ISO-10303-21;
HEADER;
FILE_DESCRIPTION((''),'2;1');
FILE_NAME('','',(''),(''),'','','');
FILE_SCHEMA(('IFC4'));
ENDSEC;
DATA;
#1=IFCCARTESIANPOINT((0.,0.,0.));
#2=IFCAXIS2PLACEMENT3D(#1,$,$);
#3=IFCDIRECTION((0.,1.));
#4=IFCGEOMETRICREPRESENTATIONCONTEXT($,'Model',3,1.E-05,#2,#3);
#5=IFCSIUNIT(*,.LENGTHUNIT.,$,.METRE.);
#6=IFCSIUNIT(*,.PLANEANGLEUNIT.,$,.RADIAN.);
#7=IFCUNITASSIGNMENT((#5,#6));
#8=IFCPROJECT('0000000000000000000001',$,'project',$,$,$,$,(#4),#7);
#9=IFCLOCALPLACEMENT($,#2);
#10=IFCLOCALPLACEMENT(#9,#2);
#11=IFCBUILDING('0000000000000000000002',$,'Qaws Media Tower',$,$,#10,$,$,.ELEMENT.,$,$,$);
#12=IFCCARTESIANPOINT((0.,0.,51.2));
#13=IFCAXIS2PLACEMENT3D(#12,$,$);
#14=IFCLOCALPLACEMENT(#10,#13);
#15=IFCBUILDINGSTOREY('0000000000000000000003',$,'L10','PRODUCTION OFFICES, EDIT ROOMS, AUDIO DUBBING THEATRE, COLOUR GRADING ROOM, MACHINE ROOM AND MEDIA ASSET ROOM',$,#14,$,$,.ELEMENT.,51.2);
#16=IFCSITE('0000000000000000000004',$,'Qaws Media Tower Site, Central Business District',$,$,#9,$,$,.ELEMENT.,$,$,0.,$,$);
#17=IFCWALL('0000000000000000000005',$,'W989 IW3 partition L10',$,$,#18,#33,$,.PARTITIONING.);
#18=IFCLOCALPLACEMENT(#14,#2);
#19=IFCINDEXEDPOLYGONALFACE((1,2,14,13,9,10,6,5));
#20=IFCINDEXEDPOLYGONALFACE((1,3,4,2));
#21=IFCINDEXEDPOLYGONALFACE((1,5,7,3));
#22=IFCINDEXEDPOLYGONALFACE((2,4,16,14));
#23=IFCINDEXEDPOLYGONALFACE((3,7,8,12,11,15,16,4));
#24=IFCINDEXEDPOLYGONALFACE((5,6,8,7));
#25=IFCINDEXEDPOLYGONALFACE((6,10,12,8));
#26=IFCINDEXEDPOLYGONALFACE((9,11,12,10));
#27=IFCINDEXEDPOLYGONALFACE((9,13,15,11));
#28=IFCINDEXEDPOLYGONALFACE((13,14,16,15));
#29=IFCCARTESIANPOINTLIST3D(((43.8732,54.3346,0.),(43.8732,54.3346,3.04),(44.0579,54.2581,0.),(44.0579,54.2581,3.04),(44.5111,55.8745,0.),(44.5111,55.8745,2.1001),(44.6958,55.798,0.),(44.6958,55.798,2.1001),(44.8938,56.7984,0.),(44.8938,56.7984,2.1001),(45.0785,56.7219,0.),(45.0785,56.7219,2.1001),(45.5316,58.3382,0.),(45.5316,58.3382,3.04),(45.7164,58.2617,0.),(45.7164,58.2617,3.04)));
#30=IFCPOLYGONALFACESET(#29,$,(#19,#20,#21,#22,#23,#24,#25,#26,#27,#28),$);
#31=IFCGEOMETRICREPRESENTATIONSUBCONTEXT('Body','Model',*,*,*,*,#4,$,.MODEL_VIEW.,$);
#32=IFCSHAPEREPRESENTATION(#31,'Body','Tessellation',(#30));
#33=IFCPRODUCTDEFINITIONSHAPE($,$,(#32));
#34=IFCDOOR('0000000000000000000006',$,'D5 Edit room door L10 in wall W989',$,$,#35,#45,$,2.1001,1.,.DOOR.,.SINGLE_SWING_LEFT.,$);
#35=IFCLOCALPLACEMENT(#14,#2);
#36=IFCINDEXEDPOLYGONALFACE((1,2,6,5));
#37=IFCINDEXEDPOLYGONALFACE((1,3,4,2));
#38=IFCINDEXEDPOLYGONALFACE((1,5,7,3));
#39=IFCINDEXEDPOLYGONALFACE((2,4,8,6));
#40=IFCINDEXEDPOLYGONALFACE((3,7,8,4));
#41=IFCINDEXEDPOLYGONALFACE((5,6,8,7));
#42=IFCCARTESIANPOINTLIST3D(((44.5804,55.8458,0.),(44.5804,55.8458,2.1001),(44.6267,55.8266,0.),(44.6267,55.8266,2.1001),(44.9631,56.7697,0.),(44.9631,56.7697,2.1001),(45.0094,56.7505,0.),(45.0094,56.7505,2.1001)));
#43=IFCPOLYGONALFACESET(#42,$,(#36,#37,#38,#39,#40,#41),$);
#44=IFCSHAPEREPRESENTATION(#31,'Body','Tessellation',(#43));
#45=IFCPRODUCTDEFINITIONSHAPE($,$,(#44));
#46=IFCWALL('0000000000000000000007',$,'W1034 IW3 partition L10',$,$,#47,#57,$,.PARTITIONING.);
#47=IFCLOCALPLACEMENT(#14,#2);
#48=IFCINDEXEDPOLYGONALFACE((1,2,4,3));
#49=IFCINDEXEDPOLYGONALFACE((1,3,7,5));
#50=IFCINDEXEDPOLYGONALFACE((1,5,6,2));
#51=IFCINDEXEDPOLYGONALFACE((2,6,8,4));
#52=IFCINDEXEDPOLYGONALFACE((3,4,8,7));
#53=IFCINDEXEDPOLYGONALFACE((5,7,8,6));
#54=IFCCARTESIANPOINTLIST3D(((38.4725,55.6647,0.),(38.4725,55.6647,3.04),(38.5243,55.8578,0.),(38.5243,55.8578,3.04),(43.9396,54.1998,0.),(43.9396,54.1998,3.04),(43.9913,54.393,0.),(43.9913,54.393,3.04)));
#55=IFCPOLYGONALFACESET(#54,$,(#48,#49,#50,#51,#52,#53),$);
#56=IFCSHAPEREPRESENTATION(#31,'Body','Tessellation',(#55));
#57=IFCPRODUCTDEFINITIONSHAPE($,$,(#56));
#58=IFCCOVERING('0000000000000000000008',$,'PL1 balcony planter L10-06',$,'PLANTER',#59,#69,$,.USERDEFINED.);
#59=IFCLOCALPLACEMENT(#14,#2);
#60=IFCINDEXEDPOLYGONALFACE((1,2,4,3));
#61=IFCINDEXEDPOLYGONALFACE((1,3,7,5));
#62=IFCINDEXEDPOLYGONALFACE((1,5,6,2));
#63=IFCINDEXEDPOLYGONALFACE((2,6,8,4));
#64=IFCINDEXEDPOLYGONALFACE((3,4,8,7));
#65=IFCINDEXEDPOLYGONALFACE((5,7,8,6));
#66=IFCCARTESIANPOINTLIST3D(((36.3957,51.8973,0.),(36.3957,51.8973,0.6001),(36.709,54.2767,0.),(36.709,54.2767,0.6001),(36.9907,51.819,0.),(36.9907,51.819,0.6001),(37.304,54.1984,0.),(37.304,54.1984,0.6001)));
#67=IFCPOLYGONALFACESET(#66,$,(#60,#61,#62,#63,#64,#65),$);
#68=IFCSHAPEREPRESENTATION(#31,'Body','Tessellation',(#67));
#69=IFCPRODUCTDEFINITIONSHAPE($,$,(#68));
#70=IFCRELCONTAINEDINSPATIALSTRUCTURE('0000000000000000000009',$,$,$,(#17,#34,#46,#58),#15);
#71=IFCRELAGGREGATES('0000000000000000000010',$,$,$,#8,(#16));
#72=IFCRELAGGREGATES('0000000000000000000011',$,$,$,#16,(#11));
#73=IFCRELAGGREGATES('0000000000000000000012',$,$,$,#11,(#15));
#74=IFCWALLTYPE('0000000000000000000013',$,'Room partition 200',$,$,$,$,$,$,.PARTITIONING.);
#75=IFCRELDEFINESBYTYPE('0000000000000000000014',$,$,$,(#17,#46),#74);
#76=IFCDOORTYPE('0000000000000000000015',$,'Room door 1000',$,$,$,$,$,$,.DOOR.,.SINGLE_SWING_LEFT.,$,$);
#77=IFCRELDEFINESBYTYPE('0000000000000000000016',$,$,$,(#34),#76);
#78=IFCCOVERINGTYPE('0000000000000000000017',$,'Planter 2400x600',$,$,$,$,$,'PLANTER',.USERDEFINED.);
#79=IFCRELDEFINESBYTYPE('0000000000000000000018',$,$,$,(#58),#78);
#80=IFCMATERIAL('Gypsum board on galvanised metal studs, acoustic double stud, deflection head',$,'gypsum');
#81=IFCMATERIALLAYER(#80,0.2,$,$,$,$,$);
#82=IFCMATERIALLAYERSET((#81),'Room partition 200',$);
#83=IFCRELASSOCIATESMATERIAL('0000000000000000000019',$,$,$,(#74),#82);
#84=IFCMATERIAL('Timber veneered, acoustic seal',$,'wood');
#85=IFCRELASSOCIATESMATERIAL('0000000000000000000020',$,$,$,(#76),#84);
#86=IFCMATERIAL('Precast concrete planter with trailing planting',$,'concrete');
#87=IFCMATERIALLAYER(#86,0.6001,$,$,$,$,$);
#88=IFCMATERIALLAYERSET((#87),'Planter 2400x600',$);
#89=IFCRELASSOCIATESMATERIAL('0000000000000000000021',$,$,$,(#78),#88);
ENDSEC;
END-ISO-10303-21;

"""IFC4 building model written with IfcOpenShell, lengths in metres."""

from ifc_helpers import new_model, si_unit, direction, frame, frame_2d, origin, origin_2d, place, context, subcontext, project, spatial, rectangle, extrude, material, layer, layer_set, type_object, element, fill, save


model = new_model("IFC4")

# Units and contexts
model_context = context("Model", 3, precision=1e-05, world=origin(), true_north=direction((0.0, 1.0)))
body_context = subcontext(model_context, "Body", "Model", "MODEL_VIEW")
ifc_project = project(units=[si_unit("LENGTHUNIT", "METRE"), si_unit("PLANEANGLEUNIT", "RADIAN")], contexts=[model_context])

# Site, building, storey
site_placement = place(None, origin())
site = spatial("IfcSite", under=ifc_project, at=site_placement, Name="Qaws Media Tower Site, Central Business District", CompositionType="ELEMENT", RefElevation=0.0)
building_placement = place(site_placement, origin())
building = spatial("IfcBuilding", under=site, at=building_placement, Name="Qaws Media Tower", CompositionType="ELEMENT")
storey_placement = place(building_placement, frame((0.0, 0.0, 51.2)))
storey = spatial("IfcBuildingStorey", under=building, at=storey_placement, Name="L10", Description="PRODUCTION OFFICES, EDIT ROOMS, AUDIO DUBBING THEATRE, COLOUR GRADING ROOM, MACHINE ROOM AND MEDIA ASSET ROOM", CompositionType="ELEMENT", Elevation=51.2)

# Wall, opening, door
ifc_material_1 = material(Name="Gypsum board on galvanised metal studs, acoustic double stud, deflection head", Category="gypsum")
ifc_layer_1 = layer(ifc_material_1, 0.2)
ifc_layer_set_1 = layer_set([ifc_layer_1], Name="Room partition 200")
wall_type_1 = type_object("IfcWallType", Name="Room partition 200", PredefinedType="PARTITIONING", material=ifc_layer_set_1)
wall_1_placement = place(storey_placement, frame((43.9656, 54.2964, 0.0), z_axis=(0.0, 0.0, 1.0), x_axis=(0.382698, 0.923873, 0.0)))
wall_1 = element("IfcWall", 1, at=wall_1_placement, inside=storey, type_object=wall_type_1, Name="W989 IW3 partition L10", PredefinedType="PARTITIONING", context=body_context, shape_type="SweptSolid", body=[
    extrude(rectangle(XDim=4.3335, YDim=0.2, at=frame_2d((2.1667, 0.0))), origin(), (0.0, 0.0, 1.0), 3.04),
])
opening_1_placement = place(wall_1_placement, frame((1.6667, 0.0, 0.0)))
opening_1 = element("IfcOpeningElement", 2, at=opening_1_placement, cuts=wall_1, PredefinedType="OPENING", context=body_context, shape_type="SweptSolid", body=[
    extrude(rectangle(XDim=1.0, YDim=2.1001, at=frame_2d((0.5, 1.05))), frame((0.0, 0.1099, 0.0), z_axis=(0.0, -1.0, 0.0), x_axis=(1.0, 0.0, 0.0)), (0.0, 0.0, 1.0), 0.22),
])
ifc_material_2 = material(Name="Timber veneered, acoustic seal", Category="wood")
door_type_1 = type_object("IfcDoorType", Name="Room door 1000", OperationType="SINGLE_SWING_LEFT", PredefinedType="DOOR", material=ifc_material_2)
door_1_placement = place(opening_1_placement, origin())
door_1 = element("IfcDoor", 3, at=door_1_placement, inside=storey, type_object=door_type_1, Name="D5 Edit room door L10 in wall W989", OperationType="SINGLE_SWING_LEFT", OverallHeight=2.1001, OverallWidth=1.0, PredefinedType="DOOR", context=body_context, shape_type="SweptSolid", body=[
    extrude(rectangle(XDim=1.0, YDim=2.1001, at=frame_2d((0.5, 1.05))), frame((0.0, 0.0249, 0.0), z_axis=(0.0, -1.0, 0.0), x_axis=(1.0, 0.0, 0.0)), (0.0, 0.0, 1.0), 0.05),
])
fill(opening_1, door_1)

# Wall
wall_2_placement = place(storey_placement, frame((43.9656, 54.2964, 0.0), z_axis=(0.0, 0.0, 1.0), x_axis=(-0.965928, 0.258812, 0.0)))
element("IfcWall", 4, at=wall_2_placement, inside=storey, type_object=wall_type_1, Name="W1034 IW3 partition L10", PredefinedType="PARTITIONING", context=body_context, shape_type="SweptSolid", body=[
    extrude(rectangle(XDim=5.6599, YDim=0.2, at=frame_2d((2.8301, 0.0))), origin(), (0.0, 0.0, 1.0), 3.04),
])

# Covering
ifc_material_3 = material(Name="Precast concrete planter with trailing planting", Category="concrete")
ifc_layer_2 = layer(ifc_material_3, 0.6001)
ifc_layer_set_2 = layer_set([ifc_layer_2], Name="Planter 2400x600")
covering_type = type_object("IfcCoveringType", Name="Planter 2400x600", ElementType="PLANTER", PredefinedType="USERDEFINED", material=ifc_layer_set_2)
covering_placement = place(storey_placement, frame((36.8499, 53.0479, 0.0), z_axis=(0.0, 0.0, 1.0), x_axis=(-0.130526, -0.991445, 0.0)))
element("IfcCovering", 5, at=covering_placement, inside=storey, type_object=covering_type, Name="PL1 balcony planter L10-06", ObjectType="PLANTER", PredefinedType="USERDEFINED", context=body_context, shape_type="SweptSolid", body=[
    extrude(rectangle(XDim=2.3999, YDim=0.6001, at=origin_2d()), origin(), (0.0, 0.0, 1.0), 0.6001),
])

save(model, "model.ifc")
